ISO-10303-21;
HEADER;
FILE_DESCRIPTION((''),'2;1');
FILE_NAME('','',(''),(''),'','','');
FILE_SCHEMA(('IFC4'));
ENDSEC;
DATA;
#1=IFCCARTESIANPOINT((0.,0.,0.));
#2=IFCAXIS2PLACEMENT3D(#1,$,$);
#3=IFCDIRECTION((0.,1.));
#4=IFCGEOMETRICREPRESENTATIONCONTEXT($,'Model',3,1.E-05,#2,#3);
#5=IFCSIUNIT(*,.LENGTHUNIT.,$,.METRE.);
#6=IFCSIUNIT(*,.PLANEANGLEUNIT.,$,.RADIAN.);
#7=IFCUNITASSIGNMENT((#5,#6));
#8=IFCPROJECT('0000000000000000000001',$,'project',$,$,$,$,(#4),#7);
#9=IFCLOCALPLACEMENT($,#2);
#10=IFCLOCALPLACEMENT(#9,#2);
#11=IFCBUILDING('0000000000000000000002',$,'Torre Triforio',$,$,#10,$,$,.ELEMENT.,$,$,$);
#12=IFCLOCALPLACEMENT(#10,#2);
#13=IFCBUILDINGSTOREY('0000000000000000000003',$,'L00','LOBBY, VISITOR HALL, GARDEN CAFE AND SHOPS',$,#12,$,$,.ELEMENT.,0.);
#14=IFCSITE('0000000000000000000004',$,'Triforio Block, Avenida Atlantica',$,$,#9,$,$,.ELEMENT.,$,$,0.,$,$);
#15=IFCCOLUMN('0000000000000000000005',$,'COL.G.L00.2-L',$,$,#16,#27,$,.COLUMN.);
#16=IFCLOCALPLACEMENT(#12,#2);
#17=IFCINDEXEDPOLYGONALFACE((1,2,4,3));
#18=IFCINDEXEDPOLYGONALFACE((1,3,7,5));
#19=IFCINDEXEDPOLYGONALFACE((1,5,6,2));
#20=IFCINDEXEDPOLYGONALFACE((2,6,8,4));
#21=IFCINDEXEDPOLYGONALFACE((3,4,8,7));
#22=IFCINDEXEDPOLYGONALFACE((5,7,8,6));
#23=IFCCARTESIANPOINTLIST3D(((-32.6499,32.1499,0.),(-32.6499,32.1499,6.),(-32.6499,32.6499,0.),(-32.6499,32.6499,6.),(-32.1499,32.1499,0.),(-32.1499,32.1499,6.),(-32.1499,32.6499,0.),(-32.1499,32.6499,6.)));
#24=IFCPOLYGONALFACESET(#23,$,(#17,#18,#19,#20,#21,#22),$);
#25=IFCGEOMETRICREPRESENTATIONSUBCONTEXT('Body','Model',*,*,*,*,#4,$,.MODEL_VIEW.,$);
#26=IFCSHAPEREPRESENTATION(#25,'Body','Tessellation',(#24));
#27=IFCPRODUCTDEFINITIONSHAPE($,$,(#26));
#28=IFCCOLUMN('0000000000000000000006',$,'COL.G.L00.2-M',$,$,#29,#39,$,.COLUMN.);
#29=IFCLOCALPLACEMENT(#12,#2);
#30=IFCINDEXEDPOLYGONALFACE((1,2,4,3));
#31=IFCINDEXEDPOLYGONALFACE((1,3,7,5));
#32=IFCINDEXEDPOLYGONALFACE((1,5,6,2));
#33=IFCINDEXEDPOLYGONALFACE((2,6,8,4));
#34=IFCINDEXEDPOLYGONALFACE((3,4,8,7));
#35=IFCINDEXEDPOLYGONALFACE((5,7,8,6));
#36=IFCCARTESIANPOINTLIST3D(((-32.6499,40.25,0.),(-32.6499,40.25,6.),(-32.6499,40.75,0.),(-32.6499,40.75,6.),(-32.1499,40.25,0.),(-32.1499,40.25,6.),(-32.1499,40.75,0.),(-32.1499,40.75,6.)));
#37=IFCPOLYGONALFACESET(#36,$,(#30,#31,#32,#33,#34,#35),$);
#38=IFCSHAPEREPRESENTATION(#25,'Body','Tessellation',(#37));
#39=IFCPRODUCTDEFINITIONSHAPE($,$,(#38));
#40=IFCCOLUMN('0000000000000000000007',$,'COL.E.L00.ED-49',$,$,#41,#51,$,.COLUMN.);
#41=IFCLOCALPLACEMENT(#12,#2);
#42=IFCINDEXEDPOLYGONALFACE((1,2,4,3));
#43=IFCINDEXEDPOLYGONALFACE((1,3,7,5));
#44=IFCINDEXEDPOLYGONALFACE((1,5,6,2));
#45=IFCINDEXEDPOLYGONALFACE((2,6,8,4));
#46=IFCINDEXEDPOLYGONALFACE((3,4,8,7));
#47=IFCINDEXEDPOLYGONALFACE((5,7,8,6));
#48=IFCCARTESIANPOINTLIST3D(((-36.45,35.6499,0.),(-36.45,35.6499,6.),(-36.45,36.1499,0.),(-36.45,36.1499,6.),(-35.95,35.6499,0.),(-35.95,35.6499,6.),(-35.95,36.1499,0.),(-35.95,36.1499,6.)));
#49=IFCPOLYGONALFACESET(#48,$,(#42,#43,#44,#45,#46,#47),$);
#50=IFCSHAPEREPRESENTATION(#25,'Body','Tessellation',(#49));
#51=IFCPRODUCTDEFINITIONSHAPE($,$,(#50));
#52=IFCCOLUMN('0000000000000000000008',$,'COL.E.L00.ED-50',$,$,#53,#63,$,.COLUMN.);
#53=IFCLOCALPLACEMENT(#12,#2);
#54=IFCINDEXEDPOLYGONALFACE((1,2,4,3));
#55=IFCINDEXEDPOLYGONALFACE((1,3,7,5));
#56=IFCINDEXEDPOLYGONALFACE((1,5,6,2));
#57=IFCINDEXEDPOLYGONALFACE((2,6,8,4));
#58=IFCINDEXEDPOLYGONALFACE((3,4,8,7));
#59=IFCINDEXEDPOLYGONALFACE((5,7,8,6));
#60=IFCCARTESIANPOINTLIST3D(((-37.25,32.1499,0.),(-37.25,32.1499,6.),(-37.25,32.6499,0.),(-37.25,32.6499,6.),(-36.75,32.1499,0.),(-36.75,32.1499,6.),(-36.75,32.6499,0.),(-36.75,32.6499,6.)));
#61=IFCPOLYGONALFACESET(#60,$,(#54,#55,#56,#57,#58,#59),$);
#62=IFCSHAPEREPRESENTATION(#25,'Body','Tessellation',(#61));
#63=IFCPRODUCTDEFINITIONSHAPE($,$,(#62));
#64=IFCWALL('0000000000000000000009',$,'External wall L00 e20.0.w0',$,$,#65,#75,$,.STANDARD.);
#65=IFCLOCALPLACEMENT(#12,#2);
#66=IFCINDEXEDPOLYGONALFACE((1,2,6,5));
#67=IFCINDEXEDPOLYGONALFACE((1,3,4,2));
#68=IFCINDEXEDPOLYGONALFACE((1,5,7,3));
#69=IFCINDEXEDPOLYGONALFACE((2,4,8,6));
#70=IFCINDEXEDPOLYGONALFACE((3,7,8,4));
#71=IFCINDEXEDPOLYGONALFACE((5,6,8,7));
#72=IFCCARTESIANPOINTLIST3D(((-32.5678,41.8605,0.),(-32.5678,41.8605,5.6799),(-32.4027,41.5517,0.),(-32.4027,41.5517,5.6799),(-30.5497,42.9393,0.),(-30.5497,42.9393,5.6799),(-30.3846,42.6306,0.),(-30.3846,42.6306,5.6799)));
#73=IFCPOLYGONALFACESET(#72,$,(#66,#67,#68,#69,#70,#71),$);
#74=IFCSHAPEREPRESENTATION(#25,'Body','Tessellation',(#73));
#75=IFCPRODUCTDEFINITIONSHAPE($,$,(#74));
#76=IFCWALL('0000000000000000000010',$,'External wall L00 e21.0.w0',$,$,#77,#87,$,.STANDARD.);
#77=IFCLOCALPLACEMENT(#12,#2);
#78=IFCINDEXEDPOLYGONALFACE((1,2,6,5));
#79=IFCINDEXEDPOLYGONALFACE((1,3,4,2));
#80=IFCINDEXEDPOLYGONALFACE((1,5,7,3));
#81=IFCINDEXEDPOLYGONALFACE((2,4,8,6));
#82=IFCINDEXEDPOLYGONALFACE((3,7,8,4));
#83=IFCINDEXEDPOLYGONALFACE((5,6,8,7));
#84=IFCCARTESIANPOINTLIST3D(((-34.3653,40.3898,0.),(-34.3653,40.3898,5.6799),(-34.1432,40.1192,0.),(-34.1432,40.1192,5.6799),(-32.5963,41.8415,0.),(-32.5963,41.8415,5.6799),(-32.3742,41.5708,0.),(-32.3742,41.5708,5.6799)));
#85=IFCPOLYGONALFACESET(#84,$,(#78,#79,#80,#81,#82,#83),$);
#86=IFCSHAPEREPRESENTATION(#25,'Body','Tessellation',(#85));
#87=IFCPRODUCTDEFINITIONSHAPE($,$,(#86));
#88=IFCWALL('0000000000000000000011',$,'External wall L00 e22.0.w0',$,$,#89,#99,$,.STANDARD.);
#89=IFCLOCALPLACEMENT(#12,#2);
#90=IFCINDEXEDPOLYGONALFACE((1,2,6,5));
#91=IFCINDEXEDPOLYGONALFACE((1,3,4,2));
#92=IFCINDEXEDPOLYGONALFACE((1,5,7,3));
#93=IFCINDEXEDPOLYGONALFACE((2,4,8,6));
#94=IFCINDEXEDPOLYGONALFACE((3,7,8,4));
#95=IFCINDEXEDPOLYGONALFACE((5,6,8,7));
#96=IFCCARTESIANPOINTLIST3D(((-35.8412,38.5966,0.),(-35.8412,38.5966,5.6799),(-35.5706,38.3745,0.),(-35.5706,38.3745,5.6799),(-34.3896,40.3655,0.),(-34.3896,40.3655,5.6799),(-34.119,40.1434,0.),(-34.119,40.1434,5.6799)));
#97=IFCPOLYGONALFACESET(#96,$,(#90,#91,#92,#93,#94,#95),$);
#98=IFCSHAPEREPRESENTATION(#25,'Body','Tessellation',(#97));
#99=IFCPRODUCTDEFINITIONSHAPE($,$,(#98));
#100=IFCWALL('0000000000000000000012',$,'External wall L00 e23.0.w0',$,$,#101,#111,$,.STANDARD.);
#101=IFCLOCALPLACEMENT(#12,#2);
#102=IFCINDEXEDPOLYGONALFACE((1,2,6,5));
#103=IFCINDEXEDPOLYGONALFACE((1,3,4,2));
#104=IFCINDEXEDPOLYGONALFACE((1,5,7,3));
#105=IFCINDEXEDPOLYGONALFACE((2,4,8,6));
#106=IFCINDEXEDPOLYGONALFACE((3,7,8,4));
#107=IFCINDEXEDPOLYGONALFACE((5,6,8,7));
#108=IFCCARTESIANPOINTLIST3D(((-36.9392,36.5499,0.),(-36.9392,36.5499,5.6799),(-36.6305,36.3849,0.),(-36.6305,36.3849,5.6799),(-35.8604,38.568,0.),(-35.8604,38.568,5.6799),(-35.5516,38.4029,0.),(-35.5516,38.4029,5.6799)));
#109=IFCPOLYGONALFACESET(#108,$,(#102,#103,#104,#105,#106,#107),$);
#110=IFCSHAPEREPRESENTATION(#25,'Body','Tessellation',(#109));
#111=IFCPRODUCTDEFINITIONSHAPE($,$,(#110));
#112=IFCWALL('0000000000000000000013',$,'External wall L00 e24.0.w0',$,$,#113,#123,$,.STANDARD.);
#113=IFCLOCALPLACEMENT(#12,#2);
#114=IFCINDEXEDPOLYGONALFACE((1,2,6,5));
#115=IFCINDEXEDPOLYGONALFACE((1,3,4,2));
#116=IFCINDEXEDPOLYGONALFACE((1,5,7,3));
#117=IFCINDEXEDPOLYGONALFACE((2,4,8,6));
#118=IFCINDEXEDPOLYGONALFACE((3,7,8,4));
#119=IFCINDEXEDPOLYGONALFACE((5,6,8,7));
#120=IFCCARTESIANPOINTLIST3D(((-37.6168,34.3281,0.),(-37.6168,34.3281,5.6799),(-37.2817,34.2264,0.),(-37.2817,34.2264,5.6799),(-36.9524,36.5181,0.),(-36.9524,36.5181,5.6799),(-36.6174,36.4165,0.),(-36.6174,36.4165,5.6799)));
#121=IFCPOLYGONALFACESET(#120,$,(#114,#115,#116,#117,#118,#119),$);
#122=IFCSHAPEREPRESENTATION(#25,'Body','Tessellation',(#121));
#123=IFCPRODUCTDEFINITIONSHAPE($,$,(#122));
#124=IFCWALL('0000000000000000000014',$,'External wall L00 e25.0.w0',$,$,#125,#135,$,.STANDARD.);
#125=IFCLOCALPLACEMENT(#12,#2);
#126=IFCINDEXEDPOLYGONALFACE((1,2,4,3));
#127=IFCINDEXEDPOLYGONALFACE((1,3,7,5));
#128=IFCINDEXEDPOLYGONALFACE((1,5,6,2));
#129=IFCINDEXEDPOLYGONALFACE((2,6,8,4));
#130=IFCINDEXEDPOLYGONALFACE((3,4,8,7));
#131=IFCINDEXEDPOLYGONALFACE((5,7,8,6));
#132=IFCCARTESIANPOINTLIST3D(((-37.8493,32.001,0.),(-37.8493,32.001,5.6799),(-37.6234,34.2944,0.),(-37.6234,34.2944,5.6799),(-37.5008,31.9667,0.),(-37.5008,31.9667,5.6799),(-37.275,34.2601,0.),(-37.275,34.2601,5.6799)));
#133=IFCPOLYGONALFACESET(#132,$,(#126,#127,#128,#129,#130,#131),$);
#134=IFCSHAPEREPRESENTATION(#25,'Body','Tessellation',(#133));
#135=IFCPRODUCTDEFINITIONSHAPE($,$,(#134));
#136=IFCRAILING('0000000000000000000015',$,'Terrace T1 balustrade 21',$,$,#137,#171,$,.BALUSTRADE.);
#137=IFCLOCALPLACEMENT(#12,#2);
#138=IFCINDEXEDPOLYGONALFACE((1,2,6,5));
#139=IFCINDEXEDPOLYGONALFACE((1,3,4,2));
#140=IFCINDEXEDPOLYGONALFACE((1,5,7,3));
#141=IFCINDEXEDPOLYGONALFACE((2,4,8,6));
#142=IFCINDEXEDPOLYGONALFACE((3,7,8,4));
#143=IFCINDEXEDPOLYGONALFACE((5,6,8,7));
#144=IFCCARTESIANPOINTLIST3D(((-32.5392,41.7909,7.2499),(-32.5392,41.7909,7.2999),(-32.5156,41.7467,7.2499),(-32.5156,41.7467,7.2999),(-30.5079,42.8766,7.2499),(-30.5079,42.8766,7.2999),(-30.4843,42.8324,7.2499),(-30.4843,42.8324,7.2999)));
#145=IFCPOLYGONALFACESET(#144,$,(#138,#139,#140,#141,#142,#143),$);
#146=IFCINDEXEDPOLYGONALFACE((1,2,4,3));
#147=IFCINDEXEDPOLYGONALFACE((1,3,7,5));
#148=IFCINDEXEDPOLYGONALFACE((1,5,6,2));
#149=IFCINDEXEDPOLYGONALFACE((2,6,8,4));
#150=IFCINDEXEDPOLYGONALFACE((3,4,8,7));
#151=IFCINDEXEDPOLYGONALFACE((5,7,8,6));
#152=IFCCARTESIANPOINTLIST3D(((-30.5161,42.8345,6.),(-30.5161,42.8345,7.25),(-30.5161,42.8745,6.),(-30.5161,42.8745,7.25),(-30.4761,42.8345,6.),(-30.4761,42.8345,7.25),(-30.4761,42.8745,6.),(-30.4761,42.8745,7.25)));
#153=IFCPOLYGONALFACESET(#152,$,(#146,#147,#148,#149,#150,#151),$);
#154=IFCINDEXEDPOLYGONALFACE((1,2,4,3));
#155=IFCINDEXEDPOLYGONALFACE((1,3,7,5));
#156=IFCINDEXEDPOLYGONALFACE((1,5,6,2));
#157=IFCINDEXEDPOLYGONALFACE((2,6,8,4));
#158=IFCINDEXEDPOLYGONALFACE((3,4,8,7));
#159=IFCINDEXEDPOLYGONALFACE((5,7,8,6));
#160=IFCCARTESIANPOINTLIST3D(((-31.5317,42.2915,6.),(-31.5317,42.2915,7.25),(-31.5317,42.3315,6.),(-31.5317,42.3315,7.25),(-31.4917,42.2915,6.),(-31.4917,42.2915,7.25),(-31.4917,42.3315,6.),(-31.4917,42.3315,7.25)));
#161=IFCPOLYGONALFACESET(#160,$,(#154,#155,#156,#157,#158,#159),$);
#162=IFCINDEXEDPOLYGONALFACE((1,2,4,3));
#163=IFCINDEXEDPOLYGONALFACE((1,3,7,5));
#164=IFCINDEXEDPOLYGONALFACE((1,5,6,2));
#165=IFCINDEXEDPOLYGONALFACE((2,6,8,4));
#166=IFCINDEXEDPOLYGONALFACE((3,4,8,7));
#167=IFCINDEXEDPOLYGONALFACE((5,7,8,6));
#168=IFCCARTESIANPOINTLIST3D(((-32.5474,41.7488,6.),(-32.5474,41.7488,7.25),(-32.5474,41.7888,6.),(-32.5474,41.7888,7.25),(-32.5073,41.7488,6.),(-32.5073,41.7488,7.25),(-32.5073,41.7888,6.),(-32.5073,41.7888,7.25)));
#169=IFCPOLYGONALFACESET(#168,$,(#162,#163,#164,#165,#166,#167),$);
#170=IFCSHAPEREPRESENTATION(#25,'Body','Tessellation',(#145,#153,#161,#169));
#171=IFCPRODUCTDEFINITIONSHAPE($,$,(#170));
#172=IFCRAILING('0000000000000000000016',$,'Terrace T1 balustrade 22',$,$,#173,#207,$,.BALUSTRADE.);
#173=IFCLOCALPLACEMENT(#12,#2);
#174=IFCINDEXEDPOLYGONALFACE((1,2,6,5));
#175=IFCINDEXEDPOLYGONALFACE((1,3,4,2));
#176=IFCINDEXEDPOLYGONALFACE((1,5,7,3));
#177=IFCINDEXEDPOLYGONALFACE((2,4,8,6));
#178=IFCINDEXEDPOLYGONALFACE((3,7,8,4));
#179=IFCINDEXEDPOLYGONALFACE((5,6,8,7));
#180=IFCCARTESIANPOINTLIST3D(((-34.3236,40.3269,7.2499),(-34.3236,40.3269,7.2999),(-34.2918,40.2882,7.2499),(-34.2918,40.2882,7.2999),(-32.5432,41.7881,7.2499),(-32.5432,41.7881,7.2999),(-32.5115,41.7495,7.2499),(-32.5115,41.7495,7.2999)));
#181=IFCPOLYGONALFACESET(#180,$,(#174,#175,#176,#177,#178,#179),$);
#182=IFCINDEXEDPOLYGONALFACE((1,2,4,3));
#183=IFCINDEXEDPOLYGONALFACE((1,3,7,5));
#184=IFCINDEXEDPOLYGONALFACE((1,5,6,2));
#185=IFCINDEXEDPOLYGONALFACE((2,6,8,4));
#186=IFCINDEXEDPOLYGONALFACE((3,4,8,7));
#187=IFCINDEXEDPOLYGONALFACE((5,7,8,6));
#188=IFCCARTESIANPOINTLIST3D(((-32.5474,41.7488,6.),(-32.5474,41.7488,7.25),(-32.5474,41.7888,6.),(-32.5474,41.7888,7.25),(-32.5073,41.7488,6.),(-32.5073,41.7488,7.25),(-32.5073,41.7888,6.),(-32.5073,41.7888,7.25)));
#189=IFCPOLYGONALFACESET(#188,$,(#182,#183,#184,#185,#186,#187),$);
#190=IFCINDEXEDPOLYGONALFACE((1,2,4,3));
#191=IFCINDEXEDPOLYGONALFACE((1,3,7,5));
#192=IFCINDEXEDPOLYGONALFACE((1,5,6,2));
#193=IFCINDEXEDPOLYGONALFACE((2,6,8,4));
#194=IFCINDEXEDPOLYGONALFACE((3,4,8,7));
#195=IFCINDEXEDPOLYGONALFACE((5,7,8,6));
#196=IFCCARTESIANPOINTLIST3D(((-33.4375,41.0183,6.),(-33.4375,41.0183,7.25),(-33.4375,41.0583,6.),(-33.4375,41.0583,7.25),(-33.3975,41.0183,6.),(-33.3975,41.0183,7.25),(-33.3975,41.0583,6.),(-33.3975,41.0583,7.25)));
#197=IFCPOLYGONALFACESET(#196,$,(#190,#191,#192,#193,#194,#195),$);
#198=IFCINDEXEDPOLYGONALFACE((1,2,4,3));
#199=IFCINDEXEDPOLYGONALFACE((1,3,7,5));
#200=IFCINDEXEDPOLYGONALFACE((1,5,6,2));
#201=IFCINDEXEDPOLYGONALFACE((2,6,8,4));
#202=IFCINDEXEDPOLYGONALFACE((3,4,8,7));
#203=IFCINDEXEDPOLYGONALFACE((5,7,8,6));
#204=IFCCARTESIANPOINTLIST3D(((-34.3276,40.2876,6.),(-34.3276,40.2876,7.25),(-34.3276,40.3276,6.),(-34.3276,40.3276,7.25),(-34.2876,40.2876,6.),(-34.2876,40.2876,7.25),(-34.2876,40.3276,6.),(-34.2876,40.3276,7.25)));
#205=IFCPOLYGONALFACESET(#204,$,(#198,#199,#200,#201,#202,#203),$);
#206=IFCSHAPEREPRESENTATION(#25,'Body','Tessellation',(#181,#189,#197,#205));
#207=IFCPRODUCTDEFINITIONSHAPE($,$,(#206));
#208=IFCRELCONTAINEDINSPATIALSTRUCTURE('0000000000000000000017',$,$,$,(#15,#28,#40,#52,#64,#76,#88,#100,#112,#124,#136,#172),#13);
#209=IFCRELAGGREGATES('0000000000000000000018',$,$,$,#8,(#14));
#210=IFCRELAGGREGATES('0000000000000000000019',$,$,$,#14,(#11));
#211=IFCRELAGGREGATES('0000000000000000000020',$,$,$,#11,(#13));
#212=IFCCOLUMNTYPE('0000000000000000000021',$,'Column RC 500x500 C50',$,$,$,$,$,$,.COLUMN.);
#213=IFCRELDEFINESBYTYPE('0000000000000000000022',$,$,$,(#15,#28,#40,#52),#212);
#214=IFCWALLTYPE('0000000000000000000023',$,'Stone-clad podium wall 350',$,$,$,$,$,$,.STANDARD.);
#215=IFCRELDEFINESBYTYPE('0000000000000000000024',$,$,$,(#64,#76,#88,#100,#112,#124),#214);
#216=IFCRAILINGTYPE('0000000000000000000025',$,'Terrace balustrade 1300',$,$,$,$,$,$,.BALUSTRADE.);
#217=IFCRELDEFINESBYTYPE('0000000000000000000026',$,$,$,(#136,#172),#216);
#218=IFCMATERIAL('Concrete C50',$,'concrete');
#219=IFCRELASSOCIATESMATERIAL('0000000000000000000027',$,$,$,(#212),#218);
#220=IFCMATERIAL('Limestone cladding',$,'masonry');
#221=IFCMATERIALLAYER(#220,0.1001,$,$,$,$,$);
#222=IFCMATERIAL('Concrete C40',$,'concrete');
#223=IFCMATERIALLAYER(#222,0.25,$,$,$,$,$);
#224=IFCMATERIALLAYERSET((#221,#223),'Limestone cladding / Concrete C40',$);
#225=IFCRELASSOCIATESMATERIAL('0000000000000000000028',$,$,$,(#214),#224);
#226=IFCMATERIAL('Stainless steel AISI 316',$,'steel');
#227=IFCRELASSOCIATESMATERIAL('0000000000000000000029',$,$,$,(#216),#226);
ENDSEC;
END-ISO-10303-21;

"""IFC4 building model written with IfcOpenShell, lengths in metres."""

from ifc_helpers import new_model, si_unit, direction, frame, frame_2d, origin, origin_2d, place, context, subcontext, project, spatial, rectangle, extrude, material, layer, layer_set, material_profile, profile_set, type_object, element, save


model = new_model("IFC4")

# Units and contexts
model_context = context("Model", 3, precision=1e-05, world=origin(), true_north=direction((0.0, 1.0)))
body_context = subcontext(model_context, "Body", "Model", "MODEL_VIEW")
ifc_project = project(units=[si_unit("LENGTHUNIT", "METRE"), si_unit("PLANEANGLEUNIT", "RADIAN")], contexts=[model_context])

# Site, building, storey
site_placement = place(None, origin())
site = spatial("IfcSite", under=ifc_project, at=site_placement, Name="Triforio Block, Avenida Atlantica", CompositionType="ELEMENT", RefElevation=0.0)
building_placement = place(site_placement, origin())
building = spatial("IfcBuilding", under=site, at=building_placement, Name="Torre Triforio", CompositionType="ELEMENT")
storey_placement = place(building_placement, origin())
storey = spatial("IfcBuildingStorey", under=building, at=storey_placement, Name="L00", Description="LOBBY, VISITOR HALL, GARDEN CAFE AND SHOPS", CompositionType="ELEMENT", Elevation=0.0)

# Columns
ifc_material_1 = material(Name="Concrete C50", Category="concrete")
ifc_material_profile = material_profile(ifc_material_1, rectangle(XDim=0.5, YDim=0.5, at=origin_2d()), Name="RC 500x500")
ifc_profile_set = profile_set([ifc_material_profile], Name="Concrete C50")
column_type = type_object("IfcColumnType", Name="Column RC 500x500 C50", PredefinedType="COLUMN", material=ifc_profile_set)
for number, where, z_axis, x_axis, name in (
    (1, (-32.3999, 32.3999, 0.0), (0.0, 0.0, 1.0), (1.0, 0.0, 0.0), "COL.G.L00.2-L"),
    (2, (-32.3999, 40.5, 0.0), (0.0, 0.0, 1.0), (1.0, 0.0, 0.0), "COL.G.L00.2-M"),
    (3, (-36.2, 35.8999, 0.0), (0.0, 0.0, 1.0), (1.0, 0.0, 0.0), "COL.E.L00.ED-49"),
    (4, (-37.0, 32.3999, 0.0), (0.0, 0.0, 1.0), (1.0, 0.0, 0.0), "COL.E.L00.ED-50"),
):
    element("IfcColumn", number, at=place(storey_placement, frame(where, z_axis=z_axis, x_axis=x_axis)), inside=storey, type_object=column_type, Name=name, PredefinedType="COLUMN", context=body_context, shape_type="SweptSolid", body=[
        extrude(rectangle(XDim=0.5, YDim=0.5, at=origin_2d()), origin(), (0.0, 0.0, 1.0), 6.0),
    ])

# Walls
ifc_material_2 = material(Name="Limestone cladding", Category="masonry")
ifc_layer_1 = layer(ifc_material_2, 0.1001)
ifc_material_3 = material(Name="Concrete C40", Category="concrete")
ifc_layer_2 = layer(ifc_material_3, 0.25)
ifc_layer_set = layer_set([ifc_layer_1, ifc_layer_2], Name="Limestone cladding / Concrete C40")
wall_type = type_object("IfcWallType", Name="Stone-clad podium wall 350", PredefinedType="STANDARD", material=ifc_layer_set)
for number, where, z_axis, x_axis, name in (
    (5, (-30.4673, 42.7849, 0.0), (0.0, 0.0, 1.0), (-0.881889, -0.471457, 0.0), "External wall L00 e20.0.w0"),
    (6, (-32.4854, 41.7061, 0.0), (0.0, 0.0, 1.0), (-0.773044, -0.634353, 0.0), "External wall L00 e21.0.w0"),
    (7, (-34.2544, 40.2544, 0.0), (0.0, 0.0, 1.0), (-0.634353, -0.773044, 0.0), "External wall L00 e22.0.w0"),
    (8, (-35.7061, 38.4854, 0.0), (0.0, 0.0, 1.0), (-0.471457, -0.881889, 0.0), "External wall L00 e23.0.w0"),
):
    element("IfcWall", number, at=place(storey_placement, frame(where, z_axis=z_axis, x_axis=x_axis)), inside=storey, type_object=wall_type, Name=name, PredefinedType="STANDARD", context=body_context, shape_type="SweptSolid", body=[
        extrude(rectangle(XDim=2.2883, YDim=0.3501, at=frame_2d((1.144, 0.0))), origin(), (0.0, 0.0, 1.0), 5.6799),
    ])
wall_1_placement = place(storey_placement, frame((-36.7849, 36.4673, 0.0), z_axis=(0.0, 0.0, 1.0), x_axis=(-0.290283, -0.956941, 0.0)))
element("IfcWall", 9, at=wall_1_placement, inside=storey, type_object=wall_type, Name="External wall L00 e24.0.w0", PredefinedType="STANDARD", context=body_context, shape_type="SweptSolid", body=[
    extrude(rectangle(XDim=2.2886, YDim=0.3501, at=frame_2d((1.1443, 0.0))), origin(), (0.0, 0.0, 1.0), 5.6799),
])
wall_2_placement = place(storey_placement, frame((-37.4492, 34.2773, 0.0), z_axis=(0.0, 0.0, 1.0), x_axis=(-0.097993, -0.995187, 0.0)))
element("IfcWall", 10, at=wall_2_placement, inside=storey, type_object=wall_type, Name="External wall L00 e25.0.w0", PredefinedType="STANDARD", context=body_context, shape_type="SweptSolid", body=[
    extrude(rectangle(XDim=2.3044, YDim=0.3501, at=frame_2d((1.1523, 0.0))), origin(), (0.0, 0.0, 1.0), 5.6799),
])

# Railings
ifc_material_4 = material(Name="Stainless steel AISI 316", Category="steel")
railing_type = type_object("IfcRailingType", Name="Terrace balustrade 1300", PredefinedType="BALUSTRADE", material=ifc_material_4)
railing_1_placement = place(storey_placement, frame((-30.4961, 42.8545, 6.0)))
element("IfcRailing", 11, at=railing_1_placement, inside=storey, type_object=railing_type, Name="Terrace T1 balustrade 21", PredefinedType="BALUSTRADE", context=body_context, shape_type="SweptSolid", body=[
    extrude(rectangle(XDim=0.05, YDim=0.05, at=origin_2d()), frame((0.0, 0.0, 1.2749), z_axis=(-0.881927, -0.471386, 0.0), x_axis=(0.471386, -0.881927, 0.0)), (0.0, 0.0, 1.0), 2.3032),
    extrude(rectangle(XDim=0.04, YDim=0.04, at=origin_2d()), origin(), (0.0, 0.0, 1.0), 1.25),
    extrude(rectangle(XDim=0.04, YDim=0.04, at=origin_2d()), frame((-1.0156, -0.543, 0.0)), (0.0, 0.0, 1.0), 1.25),
    extrude(rectangle(XDim=0.04, YDim=0.04, at=origin_2d()), frame((-2.0312, -1.0857, 0.0)), (0.0, 0.0, 1.0), 1.25),
])
railing_2_placement = place(storey_placement, frame((-32.5273, 41.7688, 6.0)))
element("IfcRailing", 12, at=railing_2_placement, inside=storey, type_object=railing_type, Name="Terrace T1 balustrade 22", PredefinedType="BALUSTRADE", context=body_context, shape_type="SweptSolid", body=[
    extrude(rectangle(XDim=0.05, YDim=0.05, at=origin_2d()), frame((0.0, 0.0, 1.2749), z_axis=(-0.772979, -0.634432, 0.0), x_axis=(0.634432, -0.772979, 0.0)), (0.0, 0.0, 1.0), 2.3032),
    extrude(rectangle(XDim=0.04, YDim=0.04, at=origin_2d()), origin(), (0.0, 0.0, 1.0), 1.25),
    extrude(rectangle(XDim=0.04, YDim=0.04, at=origin_2d()), frame((-0.8901, -0.7305, 0.0)), (0.0, 0.0, 1.0), 1.25),
    extrude(rectangle(XDim=0.04, YDim=0.04, at=origin_2d()), frame((-1.7803, -1.4612, 0.0)), (0.0, 0.0, 1.0), 1.25),
])

save(model, "model.ifc")
